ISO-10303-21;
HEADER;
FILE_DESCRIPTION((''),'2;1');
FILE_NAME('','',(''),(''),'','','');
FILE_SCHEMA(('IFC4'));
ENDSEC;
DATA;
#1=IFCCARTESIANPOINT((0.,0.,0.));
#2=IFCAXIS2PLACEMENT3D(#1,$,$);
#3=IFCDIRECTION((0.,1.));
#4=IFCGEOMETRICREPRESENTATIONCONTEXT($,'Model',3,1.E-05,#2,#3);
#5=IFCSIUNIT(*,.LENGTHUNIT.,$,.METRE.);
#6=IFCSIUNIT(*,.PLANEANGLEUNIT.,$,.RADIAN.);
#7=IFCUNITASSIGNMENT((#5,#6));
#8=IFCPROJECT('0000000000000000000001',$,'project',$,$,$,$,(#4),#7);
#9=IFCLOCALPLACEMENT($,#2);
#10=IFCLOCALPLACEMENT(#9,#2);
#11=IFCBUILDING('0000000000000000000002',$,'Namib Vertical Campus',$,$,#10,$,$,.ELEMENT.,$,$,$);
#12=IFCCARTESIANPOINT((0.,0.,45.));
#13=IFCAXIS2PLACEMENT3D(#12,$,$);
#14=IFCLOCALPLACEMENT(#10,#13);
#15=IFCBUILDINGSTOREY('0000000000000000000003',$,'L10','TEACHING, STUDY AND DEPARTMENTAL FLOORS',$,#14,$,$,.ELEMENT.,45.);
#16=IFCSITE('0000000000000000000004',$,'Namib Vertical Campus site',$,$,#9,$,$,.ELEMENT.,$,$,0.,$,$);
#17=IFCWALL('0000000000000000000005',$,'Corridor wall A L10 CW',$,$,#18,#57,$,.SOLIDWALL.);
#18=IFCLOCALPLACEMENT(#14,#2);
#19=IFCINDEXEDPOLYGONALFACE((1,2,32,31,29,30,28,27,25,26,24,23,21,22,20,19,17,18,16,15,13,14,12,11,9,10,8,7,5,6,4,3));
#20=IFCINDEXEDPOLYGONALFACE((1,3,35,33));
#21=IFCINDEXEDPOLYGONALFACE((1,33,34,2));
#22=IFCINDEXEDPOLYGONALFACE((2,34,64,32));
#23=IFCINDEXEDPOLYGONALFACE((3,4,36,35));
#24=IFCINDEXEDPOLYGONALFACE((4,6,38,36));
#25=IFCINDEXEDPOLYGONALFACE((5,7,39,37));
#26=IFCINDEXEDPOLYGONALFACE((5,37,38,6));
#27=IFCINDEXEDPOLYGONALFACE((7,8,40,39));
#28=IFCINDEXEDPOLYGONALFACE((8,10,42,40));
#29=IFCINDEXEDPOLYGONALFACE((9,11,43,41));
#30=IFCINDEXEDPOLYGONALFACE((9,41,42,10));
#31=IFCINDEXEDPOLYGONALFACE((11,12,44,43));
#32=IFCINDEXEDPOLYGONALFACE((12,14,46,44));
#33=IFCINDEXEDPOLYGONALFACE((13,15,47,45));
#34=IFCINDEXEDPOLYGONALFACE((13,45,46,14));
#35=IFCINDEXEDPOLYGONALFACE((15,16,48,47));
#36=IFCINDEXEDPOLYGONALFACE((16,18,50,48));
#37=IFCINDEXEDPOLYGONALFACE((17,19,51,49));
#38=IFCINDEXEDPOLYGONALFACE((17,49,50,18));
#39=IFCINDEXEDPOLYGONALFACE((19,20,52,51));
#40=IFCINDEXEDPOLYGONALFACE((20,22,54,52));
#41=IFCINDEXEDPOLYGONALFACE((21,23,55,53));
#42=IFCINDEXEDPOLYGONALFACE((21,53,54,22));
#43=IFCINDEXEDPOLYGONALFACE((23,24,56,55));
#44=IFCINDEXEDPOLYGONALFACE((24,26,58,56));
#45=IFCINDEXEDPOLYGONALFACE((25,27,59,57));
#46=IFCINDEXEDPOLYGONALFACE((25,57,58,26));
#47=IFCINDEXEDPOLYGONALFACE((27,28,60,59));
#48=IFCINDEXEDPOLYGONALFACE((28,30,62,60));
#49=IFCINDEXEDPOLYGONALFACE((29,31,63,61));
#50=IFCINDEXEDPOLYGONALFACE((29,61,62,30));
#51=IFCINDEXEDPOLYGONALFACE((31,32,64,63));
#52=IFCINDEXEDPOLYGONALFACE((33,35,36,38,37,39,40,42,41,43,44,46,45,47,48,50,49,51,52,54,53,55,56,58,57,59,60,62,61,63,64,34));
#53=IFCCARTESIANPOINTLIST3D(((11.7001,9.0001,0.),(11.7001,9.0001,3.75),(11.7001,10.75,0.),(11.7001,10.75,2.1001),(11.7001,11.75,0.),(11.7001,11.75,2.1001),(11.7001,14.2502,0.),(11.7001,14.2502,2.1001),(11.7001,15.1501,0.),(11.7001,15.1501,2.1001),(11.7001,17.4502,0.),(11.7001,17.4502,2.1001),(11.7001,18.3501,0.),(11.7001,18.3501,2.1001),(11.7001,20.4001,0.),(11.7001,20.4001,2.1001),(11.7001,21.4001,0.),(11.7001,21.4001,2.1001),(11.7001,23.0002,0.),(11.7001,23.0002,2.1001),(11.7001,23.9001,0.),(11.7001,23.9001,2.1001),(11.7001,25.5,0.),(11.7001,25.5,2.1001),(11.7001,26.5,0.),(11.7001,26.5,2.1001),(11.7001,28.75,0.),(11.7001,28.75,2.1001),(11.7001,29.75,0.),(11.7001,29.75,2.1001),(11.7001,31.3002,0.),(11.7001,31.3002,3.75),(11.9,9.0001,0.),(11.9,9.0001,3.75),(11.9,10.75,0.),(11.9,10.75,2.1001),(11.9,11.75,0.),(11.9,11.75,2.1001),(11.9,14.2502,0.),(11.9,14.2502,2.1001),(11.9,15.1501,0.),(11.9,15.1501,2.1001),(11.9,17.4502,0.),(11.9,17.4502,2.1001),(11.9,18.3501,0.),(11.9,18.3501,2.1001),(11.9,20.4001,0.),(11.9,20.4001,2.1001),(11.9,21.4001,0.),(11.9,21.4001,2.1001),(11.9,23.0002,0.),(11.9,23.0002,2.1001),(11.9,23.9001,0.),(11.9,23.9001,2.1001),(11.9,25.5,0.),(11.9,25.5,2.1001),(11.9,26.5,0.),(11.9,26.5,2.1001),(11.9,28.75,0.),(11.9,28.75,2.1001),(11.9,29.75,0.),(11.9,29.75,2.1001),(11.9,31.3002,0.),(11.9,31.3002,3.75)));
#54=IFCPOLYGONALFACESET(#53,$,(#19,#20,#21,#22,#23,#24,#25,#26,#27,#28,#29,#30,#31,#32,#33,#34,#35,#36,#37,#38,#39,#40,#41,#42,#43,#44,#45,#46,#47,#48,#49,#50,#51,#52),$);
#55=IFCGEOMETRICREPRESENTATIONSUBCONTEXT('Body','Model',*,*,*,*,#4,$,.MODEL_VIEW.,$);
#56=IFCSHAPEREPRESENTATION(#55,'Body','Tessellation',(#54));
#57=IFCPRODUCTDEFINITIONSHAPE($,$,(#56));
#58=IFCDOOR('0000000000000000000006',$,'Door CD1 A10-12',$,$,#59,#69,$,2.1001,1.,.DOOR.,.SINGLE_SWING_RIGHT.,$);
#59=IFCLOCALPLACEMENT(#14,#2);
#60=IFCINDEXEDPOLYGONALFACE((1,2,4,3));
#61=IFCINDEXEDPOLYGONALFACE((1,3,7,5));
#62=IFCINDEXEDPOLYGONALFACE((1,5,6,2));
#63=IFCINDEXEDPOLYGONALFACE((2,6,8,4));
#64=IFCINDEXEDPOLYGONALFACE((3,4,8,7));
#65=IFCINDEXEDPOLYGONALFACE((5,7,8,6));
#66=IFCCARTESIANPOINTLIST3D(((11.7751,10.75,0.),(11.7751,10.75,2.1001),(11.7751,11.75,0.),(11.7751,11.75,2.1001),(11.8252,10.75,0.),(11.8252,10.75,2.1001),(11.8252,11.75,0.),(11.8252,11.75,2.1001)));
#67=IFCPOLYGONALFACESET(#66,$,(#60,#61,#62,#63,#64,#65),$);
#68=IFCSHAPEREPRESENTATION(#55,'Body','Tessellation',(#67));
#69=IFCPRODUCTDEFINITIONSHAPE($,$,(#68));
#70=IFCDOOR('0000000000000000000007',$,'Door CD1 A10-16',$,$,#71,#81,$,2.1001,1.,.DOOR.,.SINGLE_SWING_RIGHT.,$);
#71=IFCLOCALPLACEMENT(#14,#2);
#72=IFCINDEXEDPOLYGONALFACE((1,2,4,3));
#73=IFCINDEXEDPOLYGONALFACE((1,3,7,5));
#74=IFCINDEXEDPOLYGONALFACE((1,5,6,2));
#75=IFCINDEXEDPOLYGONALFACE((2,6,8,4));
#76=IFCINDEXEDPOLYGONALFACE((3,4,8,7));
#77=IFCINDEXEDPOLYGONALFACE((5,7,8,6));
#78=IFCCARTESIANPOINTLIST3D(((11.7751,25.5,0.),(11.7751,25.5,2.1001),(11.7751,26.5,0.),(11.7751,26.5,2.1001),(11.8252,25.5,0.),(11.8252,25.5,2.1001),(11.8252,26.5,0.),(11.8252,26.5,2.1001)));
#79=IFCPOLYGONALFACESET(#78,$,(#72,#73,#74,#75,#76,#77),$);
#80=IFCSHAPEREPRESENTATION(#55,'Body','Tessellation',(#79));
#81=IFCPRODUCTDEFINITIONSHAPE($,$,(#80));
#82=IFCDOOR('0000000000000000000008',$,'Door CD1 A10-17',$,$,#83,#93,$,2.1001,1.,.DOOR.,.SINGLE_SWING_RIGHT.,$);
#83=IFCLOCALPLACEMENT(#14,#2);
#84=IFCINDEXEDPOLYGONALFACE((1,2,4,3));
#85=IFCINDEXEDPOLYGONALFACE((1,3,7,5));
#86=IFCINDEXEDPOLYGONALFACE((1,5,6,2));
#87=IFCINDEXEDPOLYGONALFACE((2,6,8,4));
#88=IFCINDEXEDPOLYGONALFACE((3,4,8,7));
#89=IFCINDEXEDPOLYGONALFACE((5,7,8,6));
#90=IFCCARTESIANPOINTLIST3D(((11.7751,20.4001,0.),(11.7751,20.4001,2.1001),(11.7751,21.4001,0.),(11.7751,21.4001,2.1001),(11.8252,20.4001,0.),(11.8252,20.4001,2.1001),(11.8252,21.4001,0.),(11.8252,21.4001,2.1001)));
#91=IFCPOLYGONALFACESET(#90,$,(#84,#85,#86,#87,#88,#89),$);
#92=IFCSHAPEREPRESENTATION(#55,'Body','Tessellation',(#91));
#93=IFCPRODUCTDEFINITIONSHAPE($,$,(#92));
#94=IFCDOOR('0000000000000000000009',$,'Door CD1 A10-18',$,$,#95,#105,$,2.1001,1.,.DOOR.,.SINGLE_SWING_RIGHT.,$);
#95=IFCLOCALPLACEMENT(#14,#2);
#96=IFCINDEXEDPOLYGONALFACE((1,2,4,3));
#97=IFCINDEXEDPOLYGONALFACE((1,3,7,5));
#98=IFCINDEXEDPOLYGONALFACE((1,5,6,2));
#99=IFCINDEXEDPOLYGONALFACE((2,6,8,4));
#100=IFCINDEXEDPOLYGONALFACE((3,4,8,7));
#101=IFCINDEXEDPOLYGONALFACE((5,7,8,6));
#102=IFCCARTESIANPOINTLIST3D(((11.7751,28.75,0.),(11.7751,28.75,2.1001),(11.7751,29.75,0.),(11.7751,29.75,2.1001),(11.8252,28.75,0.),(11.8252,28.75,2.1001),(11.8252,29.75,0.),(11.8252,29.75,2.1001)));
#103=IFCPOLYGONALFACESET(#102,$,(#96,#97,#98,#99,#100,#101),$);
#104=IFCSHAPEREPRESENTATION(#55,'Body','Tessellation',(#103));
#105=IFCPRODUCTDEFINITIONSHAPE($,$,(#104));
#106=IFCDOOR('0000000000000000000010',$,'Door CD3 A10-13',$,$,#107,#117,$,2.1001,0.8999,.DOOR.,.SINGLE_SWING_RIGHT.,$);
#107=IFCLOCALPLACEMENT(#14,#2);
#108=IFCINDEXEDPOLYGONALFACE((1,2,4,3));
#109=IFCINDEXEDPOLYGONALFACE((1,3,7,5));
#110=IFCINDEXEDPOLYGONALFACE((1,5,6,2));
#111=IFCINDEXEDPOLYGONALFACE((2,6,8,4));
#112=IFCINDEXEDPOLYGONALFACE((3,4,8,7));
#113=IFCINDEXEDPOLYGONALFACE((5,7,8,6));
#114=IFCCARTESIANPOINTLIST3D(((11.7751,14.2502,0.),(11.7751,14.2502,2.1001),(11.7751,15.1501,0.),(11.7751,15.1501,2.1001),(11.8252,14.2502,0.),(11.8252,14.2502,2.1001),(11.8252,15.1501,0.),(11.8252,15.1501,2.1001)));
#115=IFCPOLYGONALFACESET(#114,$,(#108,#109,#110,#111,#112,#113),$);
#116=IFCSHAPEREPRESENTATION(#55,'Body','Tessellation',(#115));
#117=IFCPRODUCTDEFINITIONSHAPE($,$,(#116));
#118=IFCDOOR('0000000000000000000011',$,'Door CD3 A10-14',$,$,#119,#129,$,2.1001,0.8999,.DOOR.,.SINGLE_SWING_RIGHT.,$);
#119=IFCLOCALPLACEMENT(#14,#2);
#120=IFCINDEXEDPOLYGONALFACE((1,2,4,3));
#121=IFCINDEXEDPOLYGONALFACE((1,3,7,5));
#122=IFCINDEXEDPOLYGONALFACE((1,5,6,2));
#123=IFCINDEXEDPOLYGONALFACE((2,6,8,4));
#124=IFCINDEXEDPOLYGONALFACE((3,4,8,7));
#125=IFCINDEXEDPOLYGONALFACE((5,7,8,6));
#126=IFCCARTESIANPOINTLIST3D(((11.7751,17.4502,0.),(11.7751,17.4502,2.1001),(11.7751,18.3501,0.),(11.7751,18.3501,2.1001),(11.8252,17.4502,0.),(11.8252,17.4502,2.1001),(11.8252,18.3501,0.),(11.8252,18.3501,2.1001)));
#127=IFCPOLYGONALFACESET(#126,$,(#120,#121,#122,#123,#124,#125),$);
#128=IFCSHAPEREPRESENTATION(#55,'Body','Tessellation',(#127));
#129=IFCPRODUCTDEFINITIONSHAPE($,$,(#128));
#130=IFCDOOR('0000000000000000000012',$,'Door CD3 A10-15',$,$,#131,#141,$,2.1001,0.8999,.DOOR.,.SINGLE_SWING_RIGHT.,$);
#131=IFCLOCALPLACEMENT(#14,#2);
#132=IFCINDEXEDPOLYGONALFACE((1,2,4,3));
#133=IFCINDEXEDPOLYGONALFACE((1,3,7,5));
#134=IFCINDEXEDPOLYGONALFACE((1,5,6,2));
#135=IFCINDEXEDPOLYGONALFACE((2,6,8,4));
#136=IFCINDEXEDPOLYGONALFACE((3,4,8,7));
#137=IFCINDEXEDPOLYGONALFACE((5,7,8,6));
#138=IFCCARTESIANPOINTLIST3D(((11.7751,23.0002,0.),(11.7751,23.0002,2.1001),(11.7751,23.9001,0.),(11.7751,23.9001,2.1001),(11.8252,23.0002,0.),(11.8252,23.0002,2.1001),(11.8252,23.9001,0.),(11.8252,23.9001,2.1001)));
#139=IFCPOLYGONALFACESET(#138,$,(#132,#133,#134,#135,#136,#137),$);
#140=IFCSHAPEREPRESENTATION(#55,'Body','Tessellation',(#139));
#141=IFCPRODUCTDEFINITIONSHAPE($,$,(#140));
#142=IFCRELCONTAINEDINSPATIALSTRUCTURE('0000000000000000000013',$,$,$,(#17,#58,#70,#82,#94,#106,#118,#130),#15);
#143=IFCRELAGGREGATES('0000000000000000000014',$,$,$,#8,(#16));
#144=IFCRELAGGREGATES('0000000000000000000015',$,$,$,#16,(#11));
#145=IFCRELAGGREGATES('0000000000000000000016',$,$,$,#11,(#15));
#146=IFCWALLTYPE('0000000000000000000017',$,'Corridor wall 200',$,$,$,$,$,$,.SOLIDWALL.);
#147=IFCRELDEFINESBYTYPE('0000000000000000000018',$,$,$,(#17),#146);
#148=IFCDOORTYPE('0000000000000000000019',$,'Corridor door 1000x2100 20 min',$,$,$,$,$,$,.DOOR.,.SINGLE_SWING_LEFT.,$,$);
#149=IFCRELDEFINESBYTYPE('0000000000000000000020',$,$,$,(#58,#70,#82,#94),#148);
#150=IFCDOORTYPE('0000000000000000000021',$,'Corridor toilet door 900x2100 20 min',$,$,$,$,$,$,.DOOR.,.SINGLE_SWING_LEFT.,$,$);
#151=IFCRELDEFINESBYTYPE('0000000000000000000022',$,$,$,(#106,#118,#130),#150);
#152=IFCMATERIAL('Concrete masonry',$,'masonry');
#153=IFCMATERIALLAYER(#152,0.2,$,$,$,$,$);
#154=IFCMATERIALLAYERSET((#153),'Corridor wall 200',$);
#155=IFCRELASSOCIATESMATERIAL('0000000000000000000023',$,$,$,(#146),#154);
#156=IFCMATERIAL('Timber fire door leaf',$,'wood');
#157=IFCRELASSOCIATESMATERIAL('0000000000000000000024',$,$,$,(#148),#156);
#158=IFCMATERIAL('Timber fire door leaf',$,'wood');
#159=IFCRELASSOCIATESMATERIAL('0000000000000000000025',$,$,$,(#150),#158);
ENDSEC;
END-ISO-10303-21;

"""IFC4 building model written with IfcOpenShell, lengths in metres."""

from ifc_helpers import new_model, si_unit, direction, frame, frame_2d, origin, place, context, subcontext, project, spatial, rectangle, extrude, material, layer, layer_set, type_object, element, fill, save


model = new_model("IFC4")

# Units and contexts
model_context = context("Model", 3, precision=1e-05, world=origin(), true_north=direction((0.0, 1.0)))
body_context = subcontext(model_context, "Body", "Model", "MODEL_VIEW")
ifc_project = project(units=[si_unit("LENGTHUNIT", "METRE"), si_unit("PLANEANGLEUNIT", "RADIAN")], contexts=[model_context])

# Site, building, storey
site_placement = place(None, origin())
site = spatial("IfcSite", under=ifc_project, at=site_placement, Name="Namib Vertical Campus site", CompositionType="ELEMENT", RefElevation=0.0)
building_placement = place(site_placement, origin())
building = spatial("IfcBuilding", under=site, at=building_placement, Name="Namib Vertical Campus", CompositionType="ELEMENT")
storey_placement = place(building_placement, frame((0.0, 0.0, 45.0)))
storey = spatial("IfcBuildingStorey", under=building, at=storey_placement, Name="L10", Description="TEACHING, STUDY AND DEPARTMENTAL FLOORS", CompositionType="ELEMENT", Elevation=45.0)

# Wall, openings, doors
ifc_material_1 = material(Name="Concrete masonry", Category="masonry")
ifc_layer_1 = layer(ifc_material_1, 0.2)
ifc_layer_set_1 = layer_set([ifc_layer_1], Name="Corridor wall 200")
wall_type_1 = type_object("IfcWallType", Name="Corridor wall 200", PredefinedType="SOLIDWALL", material=ifc_layer_set_1)
wall_1_placement = place(storey_placement, frame((11.8, 31.3, 0.0), z_axis=(0.0, 0.0, 1.0), x_axis=(0.0, -1.0, 0.0)))
wall_1 = element("IfcWall", 1, at=wall_1_placement, inside=storey, type_object=wall_type_1, Name="Corridor wall A L10 CW", PredefinedType="SOLIDWALL", context=body_context, shape_type="SweptSolid", body=[
    extrude(rectangle(XDim=22.3, YDim=0.2, at=frame_2d((11.1499, 0.0))), origin(), (0.0, 0.0, 1.0), 3.75),
])
opening_1_placement = place(wall_1_placement, frame((19.55, 0.0, 0.0)))
opening_1 = element("IfcOpeningElement", 2, at=opening_1_placement, cuts=wall_1, PredefinedType="OPENING", context=body_context, shape_type="SweptSolid", body=[
    extrude(rectangle(XDim=1.0, YDim=2.1001, at=frame_2d((0.5, 1.05))), frame((0.0, 0.1099, 0.0), z_axis=(0.0, -1.0, 0.0), x_axis=(1.0, 0.0, 0.0)), (0.0, 0.0, 1.0), 0.22),
])
opening_2_placement = place(wall_1_placement, frame((16.1499, 0.0, 0.0)))
opening_2 = element("IfcOpeningElement", 3, at=opening_2_placement, cuts=wall_1, PredefinedType="OPENING", context=body_context, shape_type="SweptSolid", body=[
    extrude(rectangle(XDim=0.8999, YDim=2.1001, at=frame_2d((0.45, 1.05))), frame((0.0, 0.1099, 0.0), z_axis=(0.0, -1.0, 0.0), x_axis=(1.0, 0.0, 0.0)), (0.0, 0.0, 1.0), 0.22),
])
opening_3_placement = place(wall_1_placement, frame((12.95, 0.0, 0.0)))
opening_3 = element("IfcOpeningElement", 4, at=opening_3_placement, cuts=wall_1, PredefinedType="OPENING", context=body_context, shape_type="SweptSolid", body=[
    extrude(rectangle(XDim=0.8999, YDim=2.1001, at=frame_2d((0.45, 1.05))), frame((0.0, 0.1099, 0.0), z_axis=(0.0, -1.0, 0.0), x_axis=(1.0, 0.0, 0.0)), (0.0, 0.0, 1.0), 0.22),
])
opening_4_placement = place(wall_1_placement, frame((7.3999, 0.0, 0.0)))
opening_4 = element("IfcOpeningElement", 5, at=opening_4_placement, cuts=wall_1, PredefinedType="OPENING", context=body_context, shape_type="SweptSolid", body=[
    extrude(rectangle(XDim=0.8999, YDim=2.1001, at=frame_2d((0.45, 1.05))), frame((0.0, 0.1099, 0.0), z_axis=(0.0, -1.0, 0.0), x_axis=(1.0, 0.0, 0.0)), (0.0, 0.0, 1.0), 0.22),
])
opening_5_placement = place(wall_1_placement, frame((4.8, 0.0, 0.0)))
opening_5 = element("IfcOpeningElement", 6, at=opening_5_placement, cuts=wall_1, PredefinedType="OPENING", context=body_context, shape_type="SweptSolid", body=[
    extrude(rectangle(XDim=1.0, YDim=2.1001, at=frame_2d((0.5, 1.05))), frame((0.0, 0.1099, 0.0), z_axis=(0.0, -1.0, 0.0), x_axis=(1.0, 0.0, 0.0)), (0.0, 0.0, 1.0), 0.22),
])
opening_6_placement = place(wall_1_placement, frame((9.8999, 0.0, 0.0)))
opening_6 = element("IfcOpeningElement", 7, at=opening_6_placement, cuts=wall_1, PredefinedType="OPENING", context=body_context, shape_type="SweptSolid", body=[
    extrude(rectangle(XDim=1.0, YDim=2.1001, at=frame_2d((0.5, 1.05))), frame((0.0, 0.1099, 0.0), z_axis=(0.0, -1.0, 0.0), x_axis=(1.0, 0.0, 0.0)), (0.0, 0.0, 1.0), 0.22),
])
opening_7_placement = place(wall_1_placement, frame((1.55, 0.0, 0.0)))
opening_7 = element("IfcOpeningElement", 8, at=opening_7_placement, cuts=wall_1, PredefinedType="OPENING", context=body_context, shape_type="SweptSolid", body=[
    extrude(rectangle(XDim=1.0, YDim=2.1001, at=frame_2d((0.5, 1.05))), frame((0.0, 0.1099, 0.0), z_axis=(0.0, -1.0, 0.0), x_axis=(1.0, 0.0, 0.0)), (0.0, 0.0, 1.0), 0.22),
])
ifc_material_2 = material(Name="Timber fire door leaf", Category="wood")
door_type_1 = type_object("IfcDoorType", Name="Corridor door 1000x2100 20 min", OperationType="SINGLE_SWING_LEFT", PredefinedType="DOOR", material=ifc_material_2)
door_1_placement = place(opening_1_placement, frame((1.0, 0.0, 0.0), z_axis=(0.0, 0.0, 1.0), x_axis=(-1.0, 0.0, 0.0)))
door_1 = element("IfcDoor", 9, at=door_1_placement, inside=storey, type_object=door_type_1, Name="Door CD1 A10-12", OperationType="SINGLE_SWING_RIGHT", OverallHeight=2.1001, OverallWidth=1.0, PredefinedType="DOOR", context=body_context, shape_type="SweptSolid", body=[
    extrude(rectangle(XDim=1.0, YDim=2.1001, at=frame_2d((0.5, 1.05))), frame((0.0, 0.0249, 0.0), z_axis=(0.0, -1.0, 0.0), x_axis=(1.0, 0.0, 0.0)), (0.0, 0.0, 1.0), 0.05),
])
fill(opening_1, door_1)
door_2_placement = place(opening_5_placement, frame((1.0, 0.0, 0.0), z_axis=(0.0, 0.0, 1.0), x_axis=(-1.0, 0.0, 0.0)))
door_2 = element("IfcDoor", 10, at=door_2_placement, inside=storey, type_object=door_type_1, Name="Door CD1 A10-16", OperationType="SINGLE_SWING_RIGHT", OverallHeight=2.1001, OverallWidth=1.0, PredefinedType="DOOR", context=body_context, shape_type="SweptSolid", body=[
    extrude(rectangle(XDim=1.0, YDim=2.1001, at=frame_2d((0.5, 1.05))), frame((0.0, 0.0249, 0.0), z_axis=(0.0, -1.0, 0.0), x_axis=(1.0, 0.0, 0.0)), (0.0, 0.0, 1.0), 0.05),
])
fill(opening_5, door_2)
door_3_placement = place(opening_6_placement, frame((1.0, 0.0, 0.0), z_axis=(0.0, 0.0, 1.0), x_axis=(-1.0, 0.0, 0.0)))
door_3 = element("IfcDoor", 11, at=door_3_placement, inside=storey, type_object=door_type_1, Name="Door CD1 A10-17", OperationType="SINGLE_SWING_RIGHT", OverallHeight=2.1001, OverallWidth=1.0, PredefinedType="DOOR", context=body_context, shape_type="SweptSolid", body=[
    extrude(rectangle(XDim=1.0, YDim=2.1001, at=frame_2d((0.5, 1.05))), frame((0.0, 0.0249, 0.0), z_axis=(0.0, -1.0, 0.0), x_axis=(1.0, 0.0, 0.0)), (0.0, 0.0, 1.0), 0.05),
])
fill(opening_6, door_3)
door_4_placement = place(opening_7_placement, frame((1.0, 0.0, 0.0), z_axis=(0.0, 0.0, 1.0), x_axis=(-1.0, 0.0, 0.0)))
door_4 = element("IfcDoor", 12, at=door_4_placement, inside=storey, type_object=door_type_1, Name="Door CD1 A10-18", OperationType="SINGLE_SWING_RIGHT", OverallHeight=2.1001, OverallWidth=1.0, PredefinedType="DOOR", context=body_context, shape_type="SweptSolid", body=[
    extrude(rectangle(XDim=1.0, YDim=2.1001, at=frame_2d((0.5, 1.05))), frame((0.0, 0.0249, 0.0), z_axis=(0.0, -1.0, 0.0), x_axis=(1.0, 0.0, 0.0)), (0.0, 0.0, 1.0), 0.05),
])
fill(opening_7, door_4)
ifc_material_3 = material(Name="Timber fire door leaf", Category="wood")
door_type_2 = type_object("IfcDoorType", Name="Corridor toilet door 900x2100 20 min", OperationType="SINGLE_SWING_LEFT", PredefinedType="DOOR", material=ifc_material_3)
door_5_placement = place(opening_2_placement, frame((0.8999, 0.0, 0.0), z_axis=(0.0, 0.0, 1.0), x_axis=(-1.0, 0.0, 0.0)))
door_5 = element("IfcDoor", 13, at=door_5_placement, inside=storey, type_object=door_type_2, Name="Door CD3 A10-13", OperationType="SINGLE_SWING_RIGHT", OverallHeight=2.1001, OverallWidth=0.8999, PredefinedType="DOOR", context=body_context, shape_type="SweptSolid", body=[
    extrude(rectangle(XDim=0.8999, YDim=2.1001, at=frame_2d((0.45, 1.05))), frame((0.0, 0.0249, 0.0), z_axis=(0.0, -1.0, 0.0), x_axis=(1.0, 0.0, 0.0)), (0.0, 0.0, 1.0), 0.05),
])
fill(opening_2, door_5)
door_6_placement = place(opening_3_placement, frame((0.8999, 0.0, 0.0), z_axis=(0.0, 0.0, 1.0), x_axis=(-1.0, 0.0, 0.0)))
door_6 = element("IfcDoor", 14, at=door_6_placement, inside=storey, type_object=door_type_2, Name="Door CD3 A10-14", OperationType="SINGLE_SWING_RIGHT", OverallHeight=2.1001, OverallWidth=0.8999, PredefinedType="DOOR", context=body_context, shape_type="SweptSolid", body=[
    extrude(rectangle(XDim=0.8999, YDim=2.1001, at=frame_2d((0.45, 1.05))), frame((0.0, 0.0249, 0.0), z_axis=(0.0, -1.0, 0.0), x_axis=(1.0, 0.0, 0.0)), (0.0, 0.0, 1.0), 0.05),
])
fill(opening_3, door_6)
door_7_placement = place(opening_4_placement, frame((0.8999, 0.0, 0.0), z_axis=(0.0, 0.0, 1.0), x_axis=(-1.0, 0.0, 0.0)))
door_7 = element("IfcDoor", 15, at=door_7_placement, inside=storey, type_object=door_type_2, Name="Door CD3 A10-15", OperationType="SINGLE_SWING_RIGHT", OverallHeight=2.1001, OverallWidth=0.8999, PredefinedType="DOOR", context=body_context, shape_type="SweptSolid", body=[
    extrude(rectangle(XDim=0.8999, YDim=2.1001, at=frame_2d((0.45, 1.05))), frame((0.0, 0.0249, 0.0), z_axis=(0.0, -1.0, 0.0), x_axis=(1.0, 0.0, 0.0)), (0.0, 0.0, 1.0), 0.05),
])
fill(opening_4, door_7)

save(model, "model.ifc")
